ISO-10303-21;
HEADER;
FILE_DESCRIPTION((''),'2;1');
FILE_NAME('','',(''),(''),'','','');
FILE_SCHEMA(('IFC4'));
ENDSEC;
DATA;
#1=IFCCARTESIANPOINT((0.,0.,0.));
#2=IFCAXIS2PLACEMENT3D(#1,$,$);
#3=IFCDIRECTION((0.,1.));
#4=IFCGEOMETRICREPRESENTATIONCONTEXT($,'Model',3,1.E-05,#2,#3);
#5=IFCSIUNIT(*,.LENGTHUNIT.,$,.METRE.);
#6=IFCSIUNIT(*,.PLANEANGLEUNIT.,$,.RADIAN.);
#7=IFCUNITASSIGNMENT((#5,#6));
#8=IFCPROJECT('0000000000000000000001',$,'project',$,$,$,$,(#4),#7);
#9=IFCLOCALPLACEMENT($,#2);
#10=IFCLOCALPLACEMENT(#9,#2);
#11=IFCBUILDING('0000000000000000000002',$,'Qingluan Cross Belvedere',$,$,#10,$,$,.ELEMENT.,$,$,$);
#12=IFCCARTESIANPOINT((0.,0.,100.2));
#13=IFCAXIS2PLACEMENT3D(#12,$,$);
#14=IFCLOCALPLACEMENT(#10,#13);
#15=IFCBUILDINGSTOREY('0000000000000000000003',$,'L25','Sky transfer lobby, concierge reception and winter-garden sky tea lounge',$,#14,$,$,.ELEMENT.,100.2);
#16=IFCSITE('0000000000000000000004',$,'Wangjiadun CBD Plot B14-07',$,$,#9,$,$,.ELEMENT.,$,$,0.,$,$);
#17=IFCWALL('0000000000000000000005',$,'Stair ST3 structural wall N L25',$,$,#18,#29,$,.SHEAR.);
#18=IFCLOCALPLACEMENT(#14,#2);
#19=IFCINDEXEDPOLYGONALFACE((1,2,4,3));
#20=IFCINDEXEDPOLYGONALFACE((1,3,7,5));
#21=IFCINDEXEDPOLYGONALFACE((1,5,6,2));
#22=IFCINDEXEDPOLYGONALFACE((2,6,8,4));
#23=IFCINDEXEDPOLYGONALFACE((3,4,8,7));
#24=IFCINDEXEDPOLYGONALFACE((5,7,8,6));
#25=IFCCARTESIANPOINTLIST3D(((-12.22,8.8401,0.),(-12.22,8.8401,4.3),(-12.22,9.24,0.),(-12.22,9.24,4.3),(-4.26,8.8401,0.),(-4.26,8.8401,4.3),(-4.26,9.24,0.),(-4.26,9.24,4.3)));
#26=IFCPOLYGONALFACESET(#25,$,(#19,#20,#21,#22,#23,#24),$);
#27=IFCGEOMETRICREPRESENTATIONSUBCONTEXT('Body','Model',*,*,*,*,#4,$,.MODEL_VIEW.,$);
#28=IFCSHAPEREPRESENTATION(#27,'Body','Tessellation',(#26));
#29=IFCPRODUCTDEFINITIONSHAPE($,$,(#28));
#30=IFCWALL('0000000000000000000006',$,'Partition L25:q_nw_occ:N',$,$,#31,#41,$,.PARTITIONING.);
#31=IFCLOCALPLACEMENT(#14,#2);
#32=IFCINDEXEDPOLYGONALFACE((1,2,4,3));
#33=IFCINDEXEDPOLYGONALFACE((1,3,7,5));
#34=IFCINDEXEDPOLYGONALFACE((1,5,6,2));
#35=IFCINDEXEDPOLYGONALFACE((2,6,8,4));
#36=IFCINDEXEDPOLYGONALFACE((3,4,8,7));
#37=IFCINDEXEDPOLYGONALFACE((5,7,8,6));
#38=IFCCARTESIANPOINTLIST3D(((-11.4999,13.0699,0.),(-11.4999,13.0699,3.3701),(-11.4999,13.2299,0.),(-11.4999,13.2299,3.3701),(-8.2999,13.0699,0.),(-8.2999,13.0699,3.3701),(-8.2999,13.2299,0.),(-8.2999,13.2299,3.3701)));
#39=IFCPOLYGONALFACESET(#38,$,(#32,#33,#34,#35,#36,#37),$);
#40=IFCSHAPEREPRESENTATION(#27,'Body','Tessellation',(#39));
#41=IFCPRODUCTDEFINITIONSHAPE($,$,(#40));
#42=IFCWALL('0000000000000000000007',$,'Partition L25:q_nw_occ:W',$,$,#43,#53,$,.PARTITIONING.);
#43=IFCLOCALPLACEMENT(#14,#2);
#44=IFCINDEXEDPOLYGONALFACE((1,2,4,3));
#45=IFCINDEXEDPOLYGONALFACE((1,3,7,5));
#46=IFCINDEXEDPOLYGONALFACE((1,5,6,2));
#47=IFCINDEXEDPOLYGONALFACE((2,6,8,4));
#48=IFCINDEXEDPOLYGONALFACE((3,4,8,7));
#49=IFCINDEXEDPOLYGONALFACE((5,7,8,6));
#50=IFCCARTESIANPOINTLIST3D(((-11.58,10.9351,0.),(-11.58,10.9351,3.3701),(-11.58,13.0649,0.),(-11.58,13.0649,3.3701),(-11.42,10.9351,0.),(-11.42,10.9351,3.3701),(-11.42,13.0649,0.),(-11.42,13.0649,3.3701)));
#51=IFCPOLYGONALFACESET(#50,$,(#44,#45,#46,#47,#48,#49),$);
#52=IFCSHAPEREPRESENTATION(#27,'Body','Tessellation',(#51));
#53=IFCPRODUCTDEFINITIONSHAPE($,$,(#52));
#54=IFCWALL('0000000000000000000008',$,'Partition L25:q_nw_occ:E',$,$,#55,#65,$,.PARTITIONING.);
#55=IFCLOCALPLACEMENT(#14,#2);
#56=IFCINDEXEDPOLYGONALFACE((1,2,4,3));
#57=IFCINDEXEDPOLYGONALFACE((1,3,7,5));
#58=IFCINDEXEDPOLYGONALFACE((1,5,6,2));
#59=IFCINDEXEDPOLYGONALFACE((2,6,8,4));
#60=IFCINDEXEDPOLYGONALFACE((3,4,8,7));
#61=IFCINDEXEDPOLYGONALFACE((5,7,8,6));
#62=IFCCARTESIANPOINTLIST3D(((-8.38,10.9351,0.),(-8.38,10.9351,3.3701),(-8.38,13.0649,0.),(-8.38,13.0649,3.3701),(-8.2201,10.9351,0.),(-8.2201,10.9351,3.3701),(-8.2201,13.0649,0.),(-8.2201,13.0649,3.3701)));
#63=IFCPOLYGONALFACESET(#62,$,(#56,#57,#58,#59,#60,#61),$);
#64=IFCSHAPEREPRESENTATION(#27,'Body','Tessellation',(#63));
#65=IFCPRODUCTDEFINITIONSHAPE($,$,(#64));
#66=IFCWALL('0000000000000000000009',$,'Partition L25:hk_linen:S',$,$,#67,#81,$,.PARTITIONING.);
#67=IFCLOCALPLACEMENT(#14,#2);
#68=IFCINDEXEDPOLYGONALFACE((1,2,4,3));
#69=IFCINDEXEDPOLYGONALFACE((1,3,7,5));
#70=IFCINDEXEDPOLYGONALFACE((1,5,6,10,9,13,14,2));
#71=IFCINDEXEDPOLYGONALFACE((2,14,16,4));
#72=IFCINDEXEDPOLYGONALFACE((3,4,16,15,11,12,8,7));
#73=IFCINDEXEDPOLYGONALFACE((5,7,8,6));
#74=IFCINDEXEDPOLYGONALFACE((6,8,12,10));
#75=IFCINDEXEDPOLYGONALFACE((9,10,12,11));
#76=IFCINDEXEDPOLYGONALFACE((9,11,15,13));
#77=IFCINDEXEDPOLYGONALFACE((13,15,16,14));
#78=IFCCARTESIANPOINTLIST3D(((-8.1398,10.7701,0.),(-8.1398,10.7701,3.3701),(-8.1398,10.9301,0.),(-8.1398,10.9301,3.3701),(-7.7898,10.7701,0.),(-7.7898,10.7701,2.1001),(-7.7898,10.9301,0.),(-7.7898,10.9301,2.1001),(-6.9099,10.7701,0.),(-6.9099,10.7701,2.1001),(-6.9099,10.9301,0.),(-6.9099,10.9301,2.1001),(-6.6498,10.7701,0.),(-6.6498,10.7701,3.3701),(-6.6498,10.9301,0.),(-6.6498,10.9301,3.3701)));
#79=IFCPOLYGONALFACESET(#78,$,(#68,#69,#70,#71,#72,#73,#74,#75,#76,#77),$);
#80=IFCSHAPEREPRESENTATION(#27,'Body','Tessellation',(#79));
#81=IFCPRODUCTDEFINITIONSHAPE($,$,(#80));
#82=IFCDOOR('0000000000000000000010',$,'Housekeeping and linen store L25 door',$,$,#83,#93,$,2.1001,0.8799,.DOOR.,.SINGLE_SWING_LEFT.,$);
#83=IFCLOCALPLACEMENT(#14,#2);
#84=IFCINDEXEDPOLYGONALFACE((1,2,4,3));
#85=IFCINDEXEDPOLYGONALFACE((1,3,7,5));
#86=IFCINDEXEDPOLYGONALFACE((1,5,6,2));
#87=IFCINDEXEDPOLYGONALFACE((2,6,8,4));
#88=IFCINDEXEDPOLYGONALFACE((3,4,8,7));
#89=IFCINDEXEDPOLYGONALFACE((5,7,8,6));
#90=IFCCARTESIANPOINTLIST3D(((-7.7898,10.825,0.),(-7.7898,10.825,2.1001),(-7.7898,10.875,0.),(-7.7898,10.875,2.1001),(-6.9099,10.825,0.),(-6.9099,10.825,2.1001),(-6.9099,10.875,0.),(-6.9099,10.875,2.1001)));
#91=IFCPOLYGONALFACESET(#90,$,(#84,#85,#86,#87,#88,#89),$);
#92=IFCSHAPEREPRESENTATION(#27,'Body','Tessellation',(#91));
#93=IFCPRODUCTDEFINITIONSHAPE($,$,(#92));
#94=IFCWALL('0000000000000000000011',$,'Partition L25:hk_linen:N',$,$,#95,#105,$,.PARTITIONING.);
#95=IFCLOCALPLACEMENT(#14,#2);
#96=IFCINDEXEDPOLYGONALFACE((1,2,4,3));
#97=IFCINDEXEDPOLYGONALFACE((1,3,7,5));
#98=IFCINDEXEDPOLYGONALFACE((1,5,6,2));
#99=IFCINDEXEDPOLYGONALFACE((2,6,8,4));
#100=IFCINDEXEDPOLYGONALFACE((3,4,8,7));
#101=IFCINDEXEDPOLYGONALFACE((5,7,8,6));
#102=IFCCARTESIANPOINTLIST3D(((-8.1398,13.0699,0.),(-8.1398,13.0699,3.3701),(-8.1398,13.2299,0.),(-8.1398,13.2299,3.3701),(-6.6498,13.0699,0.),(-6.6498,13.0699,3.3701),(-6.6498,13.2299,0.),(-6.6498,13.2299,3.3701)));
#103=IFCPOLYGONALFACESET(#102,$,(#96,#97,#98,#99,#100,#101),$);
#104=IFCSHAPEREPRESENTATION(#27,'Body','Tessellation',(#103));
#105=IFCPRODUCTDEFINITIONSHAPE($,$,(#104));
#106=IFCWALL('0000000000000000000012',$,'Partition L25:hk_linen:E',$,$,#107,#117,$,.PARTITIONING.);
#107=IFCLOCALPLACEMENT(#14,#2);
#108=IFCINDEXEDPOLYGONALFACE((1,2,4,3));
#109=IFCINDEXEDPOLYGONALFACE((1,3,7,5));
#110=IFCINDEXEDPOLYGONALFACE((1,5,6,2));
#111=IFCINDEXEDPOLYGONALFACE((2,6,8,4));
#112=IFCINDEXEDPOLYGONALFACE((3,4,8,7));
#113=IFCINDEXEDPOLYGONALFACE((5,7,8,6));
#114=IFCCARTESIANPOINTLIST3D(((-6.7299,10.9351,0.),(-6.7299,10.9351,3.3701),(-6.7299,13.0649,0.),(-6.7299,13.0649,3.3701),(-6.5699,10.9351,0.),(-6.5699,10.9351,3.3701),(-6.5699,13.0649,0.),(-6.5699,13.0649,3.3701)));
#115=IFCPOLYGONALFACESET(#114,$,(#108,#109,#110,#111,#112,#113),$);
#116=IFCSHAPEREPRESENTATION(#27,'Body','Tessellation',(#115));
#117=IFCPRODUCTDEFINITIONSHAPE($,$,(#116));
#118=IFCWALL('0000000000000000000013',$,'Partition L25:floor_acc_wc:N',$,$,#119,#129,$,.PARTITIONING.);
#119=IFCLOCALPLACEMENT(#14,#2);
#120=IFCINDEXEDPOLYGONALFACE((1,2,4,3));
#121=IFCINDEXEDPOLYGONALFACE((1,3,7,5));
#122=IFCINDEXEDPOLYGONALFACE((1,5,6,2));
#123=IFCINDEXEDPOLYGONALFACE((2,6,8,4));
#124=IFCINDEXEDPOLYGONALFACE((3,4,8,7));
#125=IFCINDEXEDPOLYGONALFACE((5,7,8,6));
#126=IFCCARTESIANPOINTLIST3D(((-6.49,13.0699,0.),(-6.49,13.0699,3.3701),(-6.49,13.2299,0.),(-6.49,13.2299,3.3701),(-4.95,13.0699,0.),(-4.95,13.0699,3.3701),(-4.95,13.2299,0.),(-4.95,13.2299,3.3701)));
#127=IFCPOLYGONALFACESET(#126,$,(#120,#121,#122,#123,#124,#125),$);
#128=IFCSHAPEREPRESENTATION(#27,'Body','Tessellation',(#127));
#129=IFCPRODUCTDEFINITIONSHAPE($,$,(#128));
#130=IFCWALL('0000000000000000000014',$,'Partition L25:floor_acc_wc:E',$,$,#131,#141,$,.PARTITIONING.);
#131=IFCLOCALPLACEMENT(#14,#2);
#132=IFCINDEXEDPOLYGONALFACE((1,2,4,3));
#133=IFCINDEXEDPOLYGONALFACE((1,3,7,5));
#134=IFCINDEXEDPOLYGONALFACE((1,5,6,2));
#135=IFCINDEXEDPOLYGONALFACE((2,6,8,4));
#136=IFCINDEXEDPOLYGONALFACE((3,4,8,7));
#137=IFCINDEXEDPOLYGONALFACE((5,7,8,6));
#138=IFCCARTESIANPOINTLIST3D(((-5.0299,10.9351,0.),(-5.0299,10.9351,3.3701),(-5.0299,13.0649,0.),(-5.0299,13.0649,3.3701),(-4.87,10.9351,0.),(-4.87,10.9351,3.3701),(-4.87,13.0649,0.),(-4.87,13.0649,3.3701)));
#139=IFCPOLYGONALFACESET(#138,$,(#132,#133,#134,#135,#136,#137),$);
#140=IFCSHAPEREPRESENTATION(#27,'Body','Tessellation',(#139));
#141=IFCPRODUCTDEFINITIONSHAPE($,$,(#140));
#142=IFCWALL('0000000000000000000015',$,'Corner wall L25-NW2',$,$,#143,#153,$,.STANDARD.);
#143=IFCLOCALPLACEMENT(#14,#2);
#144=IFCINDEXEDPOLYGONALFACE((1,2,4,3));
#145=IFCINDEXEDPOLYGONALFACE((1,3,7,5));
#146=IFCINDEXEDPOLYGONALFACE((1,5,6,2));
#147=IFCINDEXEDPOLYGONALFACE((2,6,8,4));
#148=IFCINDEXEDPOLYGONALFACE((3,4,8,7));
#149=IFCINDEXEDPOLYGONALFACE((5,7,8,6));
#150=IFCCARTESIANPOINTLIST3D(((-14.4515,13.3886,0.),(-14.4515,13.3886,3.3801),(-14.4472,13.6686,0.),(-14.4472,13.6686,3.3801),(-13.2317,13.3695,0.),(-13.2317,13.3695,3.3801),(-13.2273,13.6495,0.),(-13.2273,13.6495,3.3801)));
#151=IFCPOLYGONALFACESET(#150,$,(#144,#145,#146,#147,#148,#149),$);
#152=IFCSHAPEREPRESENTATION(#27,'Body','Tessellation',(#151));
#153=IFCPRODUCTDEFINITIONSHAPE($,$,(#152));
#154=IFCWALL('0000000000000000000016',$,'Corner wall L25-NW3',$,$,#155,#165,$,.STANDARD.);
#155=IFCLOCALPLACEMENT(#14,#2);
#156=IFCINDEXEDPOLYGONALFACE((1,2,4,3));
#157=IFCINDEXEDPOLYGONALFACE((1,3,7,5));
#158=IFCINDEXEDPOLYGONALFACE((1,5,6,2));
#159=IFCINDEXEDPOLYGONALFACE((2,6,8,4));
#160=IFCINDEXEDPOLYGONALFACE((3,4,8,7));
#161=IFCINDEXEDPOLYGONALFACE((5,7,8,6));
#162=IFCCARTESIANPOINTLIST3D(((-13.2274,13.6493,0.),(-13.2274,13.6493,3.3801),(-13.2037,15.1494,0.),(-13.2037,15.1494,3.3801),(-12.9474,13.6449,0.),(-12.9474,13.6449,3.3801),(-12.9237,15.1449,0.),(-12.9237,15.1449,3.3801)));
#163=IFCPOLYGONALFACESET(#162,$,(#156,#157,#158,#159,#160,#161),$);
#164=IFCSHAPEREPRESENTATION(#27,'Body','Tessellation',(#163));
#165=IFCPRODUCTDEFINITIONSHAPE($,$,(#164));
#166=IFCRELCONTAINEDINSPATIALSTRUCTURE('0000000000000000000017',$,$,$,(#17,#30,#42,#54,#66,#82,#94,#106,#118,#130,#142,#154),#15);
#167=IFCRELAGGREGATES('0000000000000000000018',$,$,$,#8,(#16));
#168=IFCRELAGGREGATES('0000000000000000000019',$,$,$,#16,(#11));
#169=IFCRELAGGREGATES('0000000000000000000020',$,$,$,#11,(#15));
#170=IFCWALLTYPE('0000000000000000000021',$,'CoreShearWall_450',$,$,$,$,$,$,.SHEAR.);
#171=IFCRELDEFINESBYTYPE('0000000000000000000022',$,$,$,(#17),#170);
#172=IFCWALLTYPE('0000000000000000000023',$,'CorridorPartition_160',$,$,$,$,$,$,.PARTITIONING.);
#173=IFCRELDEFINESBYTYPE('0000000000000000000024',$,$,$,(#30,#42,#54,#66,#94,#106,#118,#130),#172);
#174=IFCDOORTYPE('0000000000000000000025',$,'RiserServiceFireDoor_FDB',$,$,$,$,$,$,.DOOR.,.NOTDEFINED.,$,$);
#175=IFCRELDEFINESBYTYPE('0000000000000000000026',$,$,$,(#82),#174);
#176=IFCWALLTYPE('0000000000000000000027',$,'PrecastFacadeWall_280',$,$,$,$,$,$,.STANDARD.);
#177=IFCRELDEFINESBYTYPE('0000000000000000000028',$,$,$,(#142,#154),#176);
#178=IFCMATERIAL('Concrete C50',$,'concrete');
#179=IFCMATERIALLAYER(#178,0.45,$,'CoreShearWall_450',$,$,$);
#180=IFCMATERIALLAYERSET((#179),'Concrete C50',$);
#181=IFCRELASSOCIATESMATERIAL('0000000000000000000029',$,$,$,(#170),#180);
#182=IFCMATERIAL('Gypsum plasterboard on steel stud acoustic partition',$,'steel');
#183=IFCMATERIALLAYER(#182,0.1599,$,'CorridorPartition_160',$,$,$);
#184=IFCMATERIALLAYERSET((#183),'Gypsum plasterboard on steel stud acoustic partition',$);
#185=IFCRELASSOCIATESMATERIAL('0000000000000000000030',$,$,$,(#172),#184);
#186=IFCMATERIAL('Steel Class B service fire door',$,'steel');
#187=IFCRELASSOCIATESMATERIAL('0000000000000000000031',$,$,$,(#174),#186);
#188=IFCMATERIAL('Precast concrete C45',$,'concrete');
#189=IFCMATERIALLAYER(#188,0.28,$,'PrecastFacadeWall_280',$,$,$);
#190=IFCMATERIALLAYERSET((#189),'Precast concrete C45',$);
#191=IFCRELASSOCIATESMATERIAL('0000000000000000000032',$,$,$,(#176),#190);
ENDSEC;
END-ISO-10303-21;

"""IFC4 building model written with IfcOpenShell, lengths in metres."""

from ifc_helpers import new_model, si_unit, direction, frame, frame_2d, origin, place, context, subcontext, project, spatial, rectangle, extrude, material, layer, layer_set, type_object, element, fill, save


model = new_model("IFC4")

# Units and contexts
model_context = context("Model", 3, precision=1e-05, world=origin(), true_north=direction((0.0, 1.0)))
body_context = subcontext(model_context, "Body", "Model", "MODEL_VIEW")
ifc_project = project(units=[si_unit("LENGTHUNIT", "METRE"), si_unit("PLANEANGLEUNIT", "RADIAN")], contexts=[model_context])

# Site, building, storey
site_placement = place(None, origin())
site = spatial("IfcSite", under=ifc_project, at=site_placement, Name="Wangjiadun CBD Plot B14-07", CompositionType="ELEMENT", RefElevation=0.0)
building_placement = place(site_placement, origin())
building = spatial("IfcBuilding", under=site, at=building_placement, Name="Qingluan Cross Belvedere", CompositionType="ELEMENT")
storey_placement = place(building_placement, frame((0.0, 0.0, 100.2)))
storey = spatial("IfcBuildingStorey", under=building, at=storey_placement, Name="L25", Description="Sky transfer lobby, concierge reception and winter-garden sky tea lounge", CompositionType="ELEMENT", Elevation=100.2)

# Wall
ifc_material_1 = material(Name="Concrete C50", Category="concrete")
ifc_layer_1 = layer(ifc_material_1, 0.45, Name="CoreShearWall_450")
ifc_layer_set_1 = layer_set([ifc_layer_1], Name="Concrete C50")
wall_type_1 = type_object("IfcWallType", Name="CoreShearWall_450", PredefinedType="SHEAR", material=ifc_layer_set_1)
wall_1_placement = place(storey_placement, frame((-12.22, 9.04, 0.0), z_axis=(0.0, 0.0, 1.0), x_axis=(1.0, 0.0, 0.0)))
element("IfcWall", 1, at=wall_1_placement, inside=storey, type_object=wall_type_1, Name="Stair ST3 structural wall N L25", PredefinedType="SHEAR", context=body_context, shape_type="SweptSolid", body=[
    extrude(rectangle(XDim=7.96, YDim=0.3999, at=frame_2d((3.98, 0.0))), origin(), (0.0, 0.0, 1.0), 4.3),
])

# Shared definitions
ifc_material_2 = material(Name="Gypsum plasterboard on steel stud acoustic partition", Category="steel")
ifc_layer_2 = layer(ifc_material_2, 0.1599, Name="CorridorPartition_160")
ifc_layer_set_2 = layer_set([ifc_layer_2], Name="Gypsum plasterboard on steel stud acoustic partition")
wall_type_2 = type_object("IfcWallType", Name="CorridorPartition_160", PredefinedType="PARTITIONING", material=ifc_layer_set_2)

# Walls
wall_2_placement = place(storey_placement, frame((-11.5, 13.1499, 0.0), z_axis=(0.0, 0.0, 1.0), x_axis=(1.0, 0.0, 0.0)))
element("IfcWall", 2, at=wall_2_placement, inside=storey, type_object=wall_type_2, Name="Partition L25:q_nw_occ:N", PredefinedType="PARTITIONING", context=body_context, shape_type="SweptSolid", body=[
    extrude(rectangle(XDim=3.2, YDim=0.1599, at=frame_2d((1.6001, 0.0))), origin(), (0.0, 0.0, 1.0), 3.3701),
])
for number, where, z_axis, x_axis, name in (
    (3, (-11.5, 10.9351, 0.0), (0.0, 0.0, 1.0), (0.0, 1.0, 0.0), "Partition L25:q_nw_occ:W"),
    (4, (-8.3, 10.9351, 0.0), (0.0, 0.0, 1.0), (0.0, 1.0, 0.0), "Partition L25:q_nw_occ:E"),
):
    element("IfcWall", number, at=place(storey_placement, frame(where, z_axis=z_axis, x_axis=x_axis)), inside=storey, type_object=wall_type_2, Name=name, PredefinedType="PARTITIONING", context=body_context, shape_type="SweptSolid", body=[
        extrude(rectangle(XDim=2.1299, YDim=0.1599, at=frame_2d((1.0649, 0.0))), origin(), (0.0, 0.0, 1.0), 3.3701),
    ])

# Wall, opening, door
wall_3_placement = place(storey_placement, frame((-8.1399, 10.8501, 0.0), z_axis=(0.0, 0.0, 1.0), x_axis=(1.0, 0.0, 0.0)))
wall_3 = element("IfcWall", 5, at=wall_3_placement, inside=storey, type_object=wall_type_2, Name="Partition L25:hk_linen:S", PredefinedType="PARTITIONING", context=body_context, shape_type="SweptSolid", body=[
    extrude(rectangle(XDim=1.49, YDim=0.1599, at=frame_2d((0.7451, 0.0))), origin(), (0.0, 0.0, 1.0), 3.3701),
])
opening_1_placement = place(wall_3_placement, frame((0.3501, 0.0, 0.0)))
opening_1 = element("IfcOpeningElement", 6, at=opening_1_placement, cuts=wall_3, PredefinedType="OPENING", context=body_context, shape_type="SweptSolid", body=[
    extrude(rectangle(XDim=0.8799, YDim=2.1001, at=frame_2d((0.4399, 1.05))), frame((0.0, 0.0898, 0.0), z_axis=(0.0, -1.0, 0.0), x_axis=(1.0, 0.0, 0.0)), (0.0, 0.0, 1.0), 0.1799),
])
ifc_material_3 = material(Name="Steel Class B service fire door", Category="steel")
door_type_1 = type_object("IfcDoorType", Name="RiserServiceFireDoor_FDB", OperationType="NOTDEFINED", PredefinedType="DOOR", material=ifc_material_3)
door_1_placement = place(opening_1_placement, origin())
door_1 = element("IfcDoor", 7, at=door_1_placement, inside=storey, type_object=door_type_1, Name="Housekeeping and linen store L25 door", OperationType="SINGLE_SWING_LEFT", OverallHeight=2.1001, OverallWidth=0.8799, PredefinedType="DOOR", context=body_context, shape_type="SweptSolid", body=[
    extrude(rectangle(XDim=0.8799, YDim=2.1001, at=frame_2d((0.4399, 1.05))), frame((0.0, 0.0249, 0.0), z_axis=(0.0, -1.0, 0.0), x_axis=(1.0, 0.0, 0.0)), (0.0, 0.0, 1.0), 0.05),
])
fill(opening_1, door_1)

# Walls
wall_4_placement = place(storey_placement, frame((-8.1399, 13.1499, 0.0), z_axis=(0.0, 0.0, 1.0), x_axis=(1.0, 0.0, 0.0)))
element("IfcWall", 8, at=wall_4_placement, inside=storey, type_object=wall_type_2, Name="Partition L25:hk_linen:N", PredefinedType="PARTITIONING", context=body_context, shape_type="SweptSolid", body=[
    extrude(rectangle(XDim=1.49, YDim=0.1599, at=frame_2d((0.7451, 0.0))), origin(), (0.0, 0.0, 1.0), 3.3701),
])
wall_5_placement = place(storey_placement, frame((-6.6499, 10.9351, 0.0), z_axis=(0.0, 0.0, 1.0), x_axis=(0.0, 1.0, 0.0)))
element("IfcWall", 9, at=wall_5_placement, inside=storey, type_object=wall_type_2, Name="Partition L25:hk_linen:E", PredefinedType="PARTITIONING", context=body_context, shape_type="SweptSolid", body=[
    extrude(rectangle(XDim=2.1299, YDim=0.1599, at=frame_2d((1.0649, 0.0))), origin(), (0.0, 0.0, 1.0), 3.3701),
])

# Walls
wall_6_placement = place(storey_placement, frame((-6.49, 13.1499, 0.0), z_axis=(0.0, 0.0, 1.0), x_axis=(1.0, 0.0, 0.0)))
element("IfcWall", 10, at=wall_6_placement, inside=storey, type_object=wall_type_2, Name="Partition L25:floor_acc_wc:N", PredefinedType="PARTITIONING", context=body_context, shape_type="SweptSolid", body=[
    extrude(rectangle(XDim=1.54, YDim=0.1599, at=frame_2d((0.77, 0.0))), origin(), (0.0, 0.0, 1.0), 3.3701),
])
wall_7_placement = place(storey_placement, frame((-4.95, 10.9351, 0.0), z_axis=(0.0, 0.0, 1.0), x_axis=(0.0, 1.0, 0.0)))
element("IfcWall", 11, at=wall_7_placement, inside=storey, type_object=wall_type_2, Name="Partition L25:floor_acc_wc:E", PredefinedType="PARTITIONING", context=body_context, shape_type="SweptSolid", body=[
    extrude(rectangle(XDim=2.1299, YDim=0.1599, at=frame_2d((1.0649, 0.0))), origin(), (0.0, 0.0, 1.0), 3.3701),
])
ifc_material_4 = material(Name="Precast concrete C45", Category="concrete")
ifc_layer_3 = layer(ifc_material_4, 0.28, Name="PrecastFacadeWall_280")
ifc_layer_set_3 = layer_set([ifc_layer_3], Name="Precast concrete C45")
wall_type_3 = type_object("IfcWallType", Name="PrecastFacadeWall_280", PredefinedType="STANDARD", material=ifc_layer_set_3)
wall_8_placement = place(storey_placement, frame((-14.4492, 13.5286, 0.0), z_axis=(0.0, 0.0, 1.0), x_axis=(0.999878, -0.015611, 0.0)))
element("IfcWall", 12, at=wall_8_placement, inside=storey, type_object=wall_type_3, Name="Corner wall L25-NW2", PredefinedType="STANDARD", context=body_context, shape_type="SweptSolid", body=[
    extrude(rectangle(XDim=1.22, YDim=0.28, at=frame_2d((0.6099, 0.0))), origin(), (0.0, 0.0, 1.0), 3.3801),
])
wall_9_placement = place(storey_placement, frame((-13.0874, 13.6472, 0.0), z_axis=(0.0, 0.0, 1.0), x_axis=(0.015786, 0.999875, 0.0)))
element("IfcWall", 13, at=wall_9_placement, inside=storey, type_object=wall_type_3, Name="Corner wall L25-NW3", PredefinedType="STANDARD", context=body_context, shape_type="SweptSolid", body=[
    extrude(rectangle(XDim=1.5002, YDim=0.28, at=frame_2d((0.75, 0.0))), origin(), (0.0, 0.0, 1.0), 3.3801),
])

save(model, "model.ifc")
